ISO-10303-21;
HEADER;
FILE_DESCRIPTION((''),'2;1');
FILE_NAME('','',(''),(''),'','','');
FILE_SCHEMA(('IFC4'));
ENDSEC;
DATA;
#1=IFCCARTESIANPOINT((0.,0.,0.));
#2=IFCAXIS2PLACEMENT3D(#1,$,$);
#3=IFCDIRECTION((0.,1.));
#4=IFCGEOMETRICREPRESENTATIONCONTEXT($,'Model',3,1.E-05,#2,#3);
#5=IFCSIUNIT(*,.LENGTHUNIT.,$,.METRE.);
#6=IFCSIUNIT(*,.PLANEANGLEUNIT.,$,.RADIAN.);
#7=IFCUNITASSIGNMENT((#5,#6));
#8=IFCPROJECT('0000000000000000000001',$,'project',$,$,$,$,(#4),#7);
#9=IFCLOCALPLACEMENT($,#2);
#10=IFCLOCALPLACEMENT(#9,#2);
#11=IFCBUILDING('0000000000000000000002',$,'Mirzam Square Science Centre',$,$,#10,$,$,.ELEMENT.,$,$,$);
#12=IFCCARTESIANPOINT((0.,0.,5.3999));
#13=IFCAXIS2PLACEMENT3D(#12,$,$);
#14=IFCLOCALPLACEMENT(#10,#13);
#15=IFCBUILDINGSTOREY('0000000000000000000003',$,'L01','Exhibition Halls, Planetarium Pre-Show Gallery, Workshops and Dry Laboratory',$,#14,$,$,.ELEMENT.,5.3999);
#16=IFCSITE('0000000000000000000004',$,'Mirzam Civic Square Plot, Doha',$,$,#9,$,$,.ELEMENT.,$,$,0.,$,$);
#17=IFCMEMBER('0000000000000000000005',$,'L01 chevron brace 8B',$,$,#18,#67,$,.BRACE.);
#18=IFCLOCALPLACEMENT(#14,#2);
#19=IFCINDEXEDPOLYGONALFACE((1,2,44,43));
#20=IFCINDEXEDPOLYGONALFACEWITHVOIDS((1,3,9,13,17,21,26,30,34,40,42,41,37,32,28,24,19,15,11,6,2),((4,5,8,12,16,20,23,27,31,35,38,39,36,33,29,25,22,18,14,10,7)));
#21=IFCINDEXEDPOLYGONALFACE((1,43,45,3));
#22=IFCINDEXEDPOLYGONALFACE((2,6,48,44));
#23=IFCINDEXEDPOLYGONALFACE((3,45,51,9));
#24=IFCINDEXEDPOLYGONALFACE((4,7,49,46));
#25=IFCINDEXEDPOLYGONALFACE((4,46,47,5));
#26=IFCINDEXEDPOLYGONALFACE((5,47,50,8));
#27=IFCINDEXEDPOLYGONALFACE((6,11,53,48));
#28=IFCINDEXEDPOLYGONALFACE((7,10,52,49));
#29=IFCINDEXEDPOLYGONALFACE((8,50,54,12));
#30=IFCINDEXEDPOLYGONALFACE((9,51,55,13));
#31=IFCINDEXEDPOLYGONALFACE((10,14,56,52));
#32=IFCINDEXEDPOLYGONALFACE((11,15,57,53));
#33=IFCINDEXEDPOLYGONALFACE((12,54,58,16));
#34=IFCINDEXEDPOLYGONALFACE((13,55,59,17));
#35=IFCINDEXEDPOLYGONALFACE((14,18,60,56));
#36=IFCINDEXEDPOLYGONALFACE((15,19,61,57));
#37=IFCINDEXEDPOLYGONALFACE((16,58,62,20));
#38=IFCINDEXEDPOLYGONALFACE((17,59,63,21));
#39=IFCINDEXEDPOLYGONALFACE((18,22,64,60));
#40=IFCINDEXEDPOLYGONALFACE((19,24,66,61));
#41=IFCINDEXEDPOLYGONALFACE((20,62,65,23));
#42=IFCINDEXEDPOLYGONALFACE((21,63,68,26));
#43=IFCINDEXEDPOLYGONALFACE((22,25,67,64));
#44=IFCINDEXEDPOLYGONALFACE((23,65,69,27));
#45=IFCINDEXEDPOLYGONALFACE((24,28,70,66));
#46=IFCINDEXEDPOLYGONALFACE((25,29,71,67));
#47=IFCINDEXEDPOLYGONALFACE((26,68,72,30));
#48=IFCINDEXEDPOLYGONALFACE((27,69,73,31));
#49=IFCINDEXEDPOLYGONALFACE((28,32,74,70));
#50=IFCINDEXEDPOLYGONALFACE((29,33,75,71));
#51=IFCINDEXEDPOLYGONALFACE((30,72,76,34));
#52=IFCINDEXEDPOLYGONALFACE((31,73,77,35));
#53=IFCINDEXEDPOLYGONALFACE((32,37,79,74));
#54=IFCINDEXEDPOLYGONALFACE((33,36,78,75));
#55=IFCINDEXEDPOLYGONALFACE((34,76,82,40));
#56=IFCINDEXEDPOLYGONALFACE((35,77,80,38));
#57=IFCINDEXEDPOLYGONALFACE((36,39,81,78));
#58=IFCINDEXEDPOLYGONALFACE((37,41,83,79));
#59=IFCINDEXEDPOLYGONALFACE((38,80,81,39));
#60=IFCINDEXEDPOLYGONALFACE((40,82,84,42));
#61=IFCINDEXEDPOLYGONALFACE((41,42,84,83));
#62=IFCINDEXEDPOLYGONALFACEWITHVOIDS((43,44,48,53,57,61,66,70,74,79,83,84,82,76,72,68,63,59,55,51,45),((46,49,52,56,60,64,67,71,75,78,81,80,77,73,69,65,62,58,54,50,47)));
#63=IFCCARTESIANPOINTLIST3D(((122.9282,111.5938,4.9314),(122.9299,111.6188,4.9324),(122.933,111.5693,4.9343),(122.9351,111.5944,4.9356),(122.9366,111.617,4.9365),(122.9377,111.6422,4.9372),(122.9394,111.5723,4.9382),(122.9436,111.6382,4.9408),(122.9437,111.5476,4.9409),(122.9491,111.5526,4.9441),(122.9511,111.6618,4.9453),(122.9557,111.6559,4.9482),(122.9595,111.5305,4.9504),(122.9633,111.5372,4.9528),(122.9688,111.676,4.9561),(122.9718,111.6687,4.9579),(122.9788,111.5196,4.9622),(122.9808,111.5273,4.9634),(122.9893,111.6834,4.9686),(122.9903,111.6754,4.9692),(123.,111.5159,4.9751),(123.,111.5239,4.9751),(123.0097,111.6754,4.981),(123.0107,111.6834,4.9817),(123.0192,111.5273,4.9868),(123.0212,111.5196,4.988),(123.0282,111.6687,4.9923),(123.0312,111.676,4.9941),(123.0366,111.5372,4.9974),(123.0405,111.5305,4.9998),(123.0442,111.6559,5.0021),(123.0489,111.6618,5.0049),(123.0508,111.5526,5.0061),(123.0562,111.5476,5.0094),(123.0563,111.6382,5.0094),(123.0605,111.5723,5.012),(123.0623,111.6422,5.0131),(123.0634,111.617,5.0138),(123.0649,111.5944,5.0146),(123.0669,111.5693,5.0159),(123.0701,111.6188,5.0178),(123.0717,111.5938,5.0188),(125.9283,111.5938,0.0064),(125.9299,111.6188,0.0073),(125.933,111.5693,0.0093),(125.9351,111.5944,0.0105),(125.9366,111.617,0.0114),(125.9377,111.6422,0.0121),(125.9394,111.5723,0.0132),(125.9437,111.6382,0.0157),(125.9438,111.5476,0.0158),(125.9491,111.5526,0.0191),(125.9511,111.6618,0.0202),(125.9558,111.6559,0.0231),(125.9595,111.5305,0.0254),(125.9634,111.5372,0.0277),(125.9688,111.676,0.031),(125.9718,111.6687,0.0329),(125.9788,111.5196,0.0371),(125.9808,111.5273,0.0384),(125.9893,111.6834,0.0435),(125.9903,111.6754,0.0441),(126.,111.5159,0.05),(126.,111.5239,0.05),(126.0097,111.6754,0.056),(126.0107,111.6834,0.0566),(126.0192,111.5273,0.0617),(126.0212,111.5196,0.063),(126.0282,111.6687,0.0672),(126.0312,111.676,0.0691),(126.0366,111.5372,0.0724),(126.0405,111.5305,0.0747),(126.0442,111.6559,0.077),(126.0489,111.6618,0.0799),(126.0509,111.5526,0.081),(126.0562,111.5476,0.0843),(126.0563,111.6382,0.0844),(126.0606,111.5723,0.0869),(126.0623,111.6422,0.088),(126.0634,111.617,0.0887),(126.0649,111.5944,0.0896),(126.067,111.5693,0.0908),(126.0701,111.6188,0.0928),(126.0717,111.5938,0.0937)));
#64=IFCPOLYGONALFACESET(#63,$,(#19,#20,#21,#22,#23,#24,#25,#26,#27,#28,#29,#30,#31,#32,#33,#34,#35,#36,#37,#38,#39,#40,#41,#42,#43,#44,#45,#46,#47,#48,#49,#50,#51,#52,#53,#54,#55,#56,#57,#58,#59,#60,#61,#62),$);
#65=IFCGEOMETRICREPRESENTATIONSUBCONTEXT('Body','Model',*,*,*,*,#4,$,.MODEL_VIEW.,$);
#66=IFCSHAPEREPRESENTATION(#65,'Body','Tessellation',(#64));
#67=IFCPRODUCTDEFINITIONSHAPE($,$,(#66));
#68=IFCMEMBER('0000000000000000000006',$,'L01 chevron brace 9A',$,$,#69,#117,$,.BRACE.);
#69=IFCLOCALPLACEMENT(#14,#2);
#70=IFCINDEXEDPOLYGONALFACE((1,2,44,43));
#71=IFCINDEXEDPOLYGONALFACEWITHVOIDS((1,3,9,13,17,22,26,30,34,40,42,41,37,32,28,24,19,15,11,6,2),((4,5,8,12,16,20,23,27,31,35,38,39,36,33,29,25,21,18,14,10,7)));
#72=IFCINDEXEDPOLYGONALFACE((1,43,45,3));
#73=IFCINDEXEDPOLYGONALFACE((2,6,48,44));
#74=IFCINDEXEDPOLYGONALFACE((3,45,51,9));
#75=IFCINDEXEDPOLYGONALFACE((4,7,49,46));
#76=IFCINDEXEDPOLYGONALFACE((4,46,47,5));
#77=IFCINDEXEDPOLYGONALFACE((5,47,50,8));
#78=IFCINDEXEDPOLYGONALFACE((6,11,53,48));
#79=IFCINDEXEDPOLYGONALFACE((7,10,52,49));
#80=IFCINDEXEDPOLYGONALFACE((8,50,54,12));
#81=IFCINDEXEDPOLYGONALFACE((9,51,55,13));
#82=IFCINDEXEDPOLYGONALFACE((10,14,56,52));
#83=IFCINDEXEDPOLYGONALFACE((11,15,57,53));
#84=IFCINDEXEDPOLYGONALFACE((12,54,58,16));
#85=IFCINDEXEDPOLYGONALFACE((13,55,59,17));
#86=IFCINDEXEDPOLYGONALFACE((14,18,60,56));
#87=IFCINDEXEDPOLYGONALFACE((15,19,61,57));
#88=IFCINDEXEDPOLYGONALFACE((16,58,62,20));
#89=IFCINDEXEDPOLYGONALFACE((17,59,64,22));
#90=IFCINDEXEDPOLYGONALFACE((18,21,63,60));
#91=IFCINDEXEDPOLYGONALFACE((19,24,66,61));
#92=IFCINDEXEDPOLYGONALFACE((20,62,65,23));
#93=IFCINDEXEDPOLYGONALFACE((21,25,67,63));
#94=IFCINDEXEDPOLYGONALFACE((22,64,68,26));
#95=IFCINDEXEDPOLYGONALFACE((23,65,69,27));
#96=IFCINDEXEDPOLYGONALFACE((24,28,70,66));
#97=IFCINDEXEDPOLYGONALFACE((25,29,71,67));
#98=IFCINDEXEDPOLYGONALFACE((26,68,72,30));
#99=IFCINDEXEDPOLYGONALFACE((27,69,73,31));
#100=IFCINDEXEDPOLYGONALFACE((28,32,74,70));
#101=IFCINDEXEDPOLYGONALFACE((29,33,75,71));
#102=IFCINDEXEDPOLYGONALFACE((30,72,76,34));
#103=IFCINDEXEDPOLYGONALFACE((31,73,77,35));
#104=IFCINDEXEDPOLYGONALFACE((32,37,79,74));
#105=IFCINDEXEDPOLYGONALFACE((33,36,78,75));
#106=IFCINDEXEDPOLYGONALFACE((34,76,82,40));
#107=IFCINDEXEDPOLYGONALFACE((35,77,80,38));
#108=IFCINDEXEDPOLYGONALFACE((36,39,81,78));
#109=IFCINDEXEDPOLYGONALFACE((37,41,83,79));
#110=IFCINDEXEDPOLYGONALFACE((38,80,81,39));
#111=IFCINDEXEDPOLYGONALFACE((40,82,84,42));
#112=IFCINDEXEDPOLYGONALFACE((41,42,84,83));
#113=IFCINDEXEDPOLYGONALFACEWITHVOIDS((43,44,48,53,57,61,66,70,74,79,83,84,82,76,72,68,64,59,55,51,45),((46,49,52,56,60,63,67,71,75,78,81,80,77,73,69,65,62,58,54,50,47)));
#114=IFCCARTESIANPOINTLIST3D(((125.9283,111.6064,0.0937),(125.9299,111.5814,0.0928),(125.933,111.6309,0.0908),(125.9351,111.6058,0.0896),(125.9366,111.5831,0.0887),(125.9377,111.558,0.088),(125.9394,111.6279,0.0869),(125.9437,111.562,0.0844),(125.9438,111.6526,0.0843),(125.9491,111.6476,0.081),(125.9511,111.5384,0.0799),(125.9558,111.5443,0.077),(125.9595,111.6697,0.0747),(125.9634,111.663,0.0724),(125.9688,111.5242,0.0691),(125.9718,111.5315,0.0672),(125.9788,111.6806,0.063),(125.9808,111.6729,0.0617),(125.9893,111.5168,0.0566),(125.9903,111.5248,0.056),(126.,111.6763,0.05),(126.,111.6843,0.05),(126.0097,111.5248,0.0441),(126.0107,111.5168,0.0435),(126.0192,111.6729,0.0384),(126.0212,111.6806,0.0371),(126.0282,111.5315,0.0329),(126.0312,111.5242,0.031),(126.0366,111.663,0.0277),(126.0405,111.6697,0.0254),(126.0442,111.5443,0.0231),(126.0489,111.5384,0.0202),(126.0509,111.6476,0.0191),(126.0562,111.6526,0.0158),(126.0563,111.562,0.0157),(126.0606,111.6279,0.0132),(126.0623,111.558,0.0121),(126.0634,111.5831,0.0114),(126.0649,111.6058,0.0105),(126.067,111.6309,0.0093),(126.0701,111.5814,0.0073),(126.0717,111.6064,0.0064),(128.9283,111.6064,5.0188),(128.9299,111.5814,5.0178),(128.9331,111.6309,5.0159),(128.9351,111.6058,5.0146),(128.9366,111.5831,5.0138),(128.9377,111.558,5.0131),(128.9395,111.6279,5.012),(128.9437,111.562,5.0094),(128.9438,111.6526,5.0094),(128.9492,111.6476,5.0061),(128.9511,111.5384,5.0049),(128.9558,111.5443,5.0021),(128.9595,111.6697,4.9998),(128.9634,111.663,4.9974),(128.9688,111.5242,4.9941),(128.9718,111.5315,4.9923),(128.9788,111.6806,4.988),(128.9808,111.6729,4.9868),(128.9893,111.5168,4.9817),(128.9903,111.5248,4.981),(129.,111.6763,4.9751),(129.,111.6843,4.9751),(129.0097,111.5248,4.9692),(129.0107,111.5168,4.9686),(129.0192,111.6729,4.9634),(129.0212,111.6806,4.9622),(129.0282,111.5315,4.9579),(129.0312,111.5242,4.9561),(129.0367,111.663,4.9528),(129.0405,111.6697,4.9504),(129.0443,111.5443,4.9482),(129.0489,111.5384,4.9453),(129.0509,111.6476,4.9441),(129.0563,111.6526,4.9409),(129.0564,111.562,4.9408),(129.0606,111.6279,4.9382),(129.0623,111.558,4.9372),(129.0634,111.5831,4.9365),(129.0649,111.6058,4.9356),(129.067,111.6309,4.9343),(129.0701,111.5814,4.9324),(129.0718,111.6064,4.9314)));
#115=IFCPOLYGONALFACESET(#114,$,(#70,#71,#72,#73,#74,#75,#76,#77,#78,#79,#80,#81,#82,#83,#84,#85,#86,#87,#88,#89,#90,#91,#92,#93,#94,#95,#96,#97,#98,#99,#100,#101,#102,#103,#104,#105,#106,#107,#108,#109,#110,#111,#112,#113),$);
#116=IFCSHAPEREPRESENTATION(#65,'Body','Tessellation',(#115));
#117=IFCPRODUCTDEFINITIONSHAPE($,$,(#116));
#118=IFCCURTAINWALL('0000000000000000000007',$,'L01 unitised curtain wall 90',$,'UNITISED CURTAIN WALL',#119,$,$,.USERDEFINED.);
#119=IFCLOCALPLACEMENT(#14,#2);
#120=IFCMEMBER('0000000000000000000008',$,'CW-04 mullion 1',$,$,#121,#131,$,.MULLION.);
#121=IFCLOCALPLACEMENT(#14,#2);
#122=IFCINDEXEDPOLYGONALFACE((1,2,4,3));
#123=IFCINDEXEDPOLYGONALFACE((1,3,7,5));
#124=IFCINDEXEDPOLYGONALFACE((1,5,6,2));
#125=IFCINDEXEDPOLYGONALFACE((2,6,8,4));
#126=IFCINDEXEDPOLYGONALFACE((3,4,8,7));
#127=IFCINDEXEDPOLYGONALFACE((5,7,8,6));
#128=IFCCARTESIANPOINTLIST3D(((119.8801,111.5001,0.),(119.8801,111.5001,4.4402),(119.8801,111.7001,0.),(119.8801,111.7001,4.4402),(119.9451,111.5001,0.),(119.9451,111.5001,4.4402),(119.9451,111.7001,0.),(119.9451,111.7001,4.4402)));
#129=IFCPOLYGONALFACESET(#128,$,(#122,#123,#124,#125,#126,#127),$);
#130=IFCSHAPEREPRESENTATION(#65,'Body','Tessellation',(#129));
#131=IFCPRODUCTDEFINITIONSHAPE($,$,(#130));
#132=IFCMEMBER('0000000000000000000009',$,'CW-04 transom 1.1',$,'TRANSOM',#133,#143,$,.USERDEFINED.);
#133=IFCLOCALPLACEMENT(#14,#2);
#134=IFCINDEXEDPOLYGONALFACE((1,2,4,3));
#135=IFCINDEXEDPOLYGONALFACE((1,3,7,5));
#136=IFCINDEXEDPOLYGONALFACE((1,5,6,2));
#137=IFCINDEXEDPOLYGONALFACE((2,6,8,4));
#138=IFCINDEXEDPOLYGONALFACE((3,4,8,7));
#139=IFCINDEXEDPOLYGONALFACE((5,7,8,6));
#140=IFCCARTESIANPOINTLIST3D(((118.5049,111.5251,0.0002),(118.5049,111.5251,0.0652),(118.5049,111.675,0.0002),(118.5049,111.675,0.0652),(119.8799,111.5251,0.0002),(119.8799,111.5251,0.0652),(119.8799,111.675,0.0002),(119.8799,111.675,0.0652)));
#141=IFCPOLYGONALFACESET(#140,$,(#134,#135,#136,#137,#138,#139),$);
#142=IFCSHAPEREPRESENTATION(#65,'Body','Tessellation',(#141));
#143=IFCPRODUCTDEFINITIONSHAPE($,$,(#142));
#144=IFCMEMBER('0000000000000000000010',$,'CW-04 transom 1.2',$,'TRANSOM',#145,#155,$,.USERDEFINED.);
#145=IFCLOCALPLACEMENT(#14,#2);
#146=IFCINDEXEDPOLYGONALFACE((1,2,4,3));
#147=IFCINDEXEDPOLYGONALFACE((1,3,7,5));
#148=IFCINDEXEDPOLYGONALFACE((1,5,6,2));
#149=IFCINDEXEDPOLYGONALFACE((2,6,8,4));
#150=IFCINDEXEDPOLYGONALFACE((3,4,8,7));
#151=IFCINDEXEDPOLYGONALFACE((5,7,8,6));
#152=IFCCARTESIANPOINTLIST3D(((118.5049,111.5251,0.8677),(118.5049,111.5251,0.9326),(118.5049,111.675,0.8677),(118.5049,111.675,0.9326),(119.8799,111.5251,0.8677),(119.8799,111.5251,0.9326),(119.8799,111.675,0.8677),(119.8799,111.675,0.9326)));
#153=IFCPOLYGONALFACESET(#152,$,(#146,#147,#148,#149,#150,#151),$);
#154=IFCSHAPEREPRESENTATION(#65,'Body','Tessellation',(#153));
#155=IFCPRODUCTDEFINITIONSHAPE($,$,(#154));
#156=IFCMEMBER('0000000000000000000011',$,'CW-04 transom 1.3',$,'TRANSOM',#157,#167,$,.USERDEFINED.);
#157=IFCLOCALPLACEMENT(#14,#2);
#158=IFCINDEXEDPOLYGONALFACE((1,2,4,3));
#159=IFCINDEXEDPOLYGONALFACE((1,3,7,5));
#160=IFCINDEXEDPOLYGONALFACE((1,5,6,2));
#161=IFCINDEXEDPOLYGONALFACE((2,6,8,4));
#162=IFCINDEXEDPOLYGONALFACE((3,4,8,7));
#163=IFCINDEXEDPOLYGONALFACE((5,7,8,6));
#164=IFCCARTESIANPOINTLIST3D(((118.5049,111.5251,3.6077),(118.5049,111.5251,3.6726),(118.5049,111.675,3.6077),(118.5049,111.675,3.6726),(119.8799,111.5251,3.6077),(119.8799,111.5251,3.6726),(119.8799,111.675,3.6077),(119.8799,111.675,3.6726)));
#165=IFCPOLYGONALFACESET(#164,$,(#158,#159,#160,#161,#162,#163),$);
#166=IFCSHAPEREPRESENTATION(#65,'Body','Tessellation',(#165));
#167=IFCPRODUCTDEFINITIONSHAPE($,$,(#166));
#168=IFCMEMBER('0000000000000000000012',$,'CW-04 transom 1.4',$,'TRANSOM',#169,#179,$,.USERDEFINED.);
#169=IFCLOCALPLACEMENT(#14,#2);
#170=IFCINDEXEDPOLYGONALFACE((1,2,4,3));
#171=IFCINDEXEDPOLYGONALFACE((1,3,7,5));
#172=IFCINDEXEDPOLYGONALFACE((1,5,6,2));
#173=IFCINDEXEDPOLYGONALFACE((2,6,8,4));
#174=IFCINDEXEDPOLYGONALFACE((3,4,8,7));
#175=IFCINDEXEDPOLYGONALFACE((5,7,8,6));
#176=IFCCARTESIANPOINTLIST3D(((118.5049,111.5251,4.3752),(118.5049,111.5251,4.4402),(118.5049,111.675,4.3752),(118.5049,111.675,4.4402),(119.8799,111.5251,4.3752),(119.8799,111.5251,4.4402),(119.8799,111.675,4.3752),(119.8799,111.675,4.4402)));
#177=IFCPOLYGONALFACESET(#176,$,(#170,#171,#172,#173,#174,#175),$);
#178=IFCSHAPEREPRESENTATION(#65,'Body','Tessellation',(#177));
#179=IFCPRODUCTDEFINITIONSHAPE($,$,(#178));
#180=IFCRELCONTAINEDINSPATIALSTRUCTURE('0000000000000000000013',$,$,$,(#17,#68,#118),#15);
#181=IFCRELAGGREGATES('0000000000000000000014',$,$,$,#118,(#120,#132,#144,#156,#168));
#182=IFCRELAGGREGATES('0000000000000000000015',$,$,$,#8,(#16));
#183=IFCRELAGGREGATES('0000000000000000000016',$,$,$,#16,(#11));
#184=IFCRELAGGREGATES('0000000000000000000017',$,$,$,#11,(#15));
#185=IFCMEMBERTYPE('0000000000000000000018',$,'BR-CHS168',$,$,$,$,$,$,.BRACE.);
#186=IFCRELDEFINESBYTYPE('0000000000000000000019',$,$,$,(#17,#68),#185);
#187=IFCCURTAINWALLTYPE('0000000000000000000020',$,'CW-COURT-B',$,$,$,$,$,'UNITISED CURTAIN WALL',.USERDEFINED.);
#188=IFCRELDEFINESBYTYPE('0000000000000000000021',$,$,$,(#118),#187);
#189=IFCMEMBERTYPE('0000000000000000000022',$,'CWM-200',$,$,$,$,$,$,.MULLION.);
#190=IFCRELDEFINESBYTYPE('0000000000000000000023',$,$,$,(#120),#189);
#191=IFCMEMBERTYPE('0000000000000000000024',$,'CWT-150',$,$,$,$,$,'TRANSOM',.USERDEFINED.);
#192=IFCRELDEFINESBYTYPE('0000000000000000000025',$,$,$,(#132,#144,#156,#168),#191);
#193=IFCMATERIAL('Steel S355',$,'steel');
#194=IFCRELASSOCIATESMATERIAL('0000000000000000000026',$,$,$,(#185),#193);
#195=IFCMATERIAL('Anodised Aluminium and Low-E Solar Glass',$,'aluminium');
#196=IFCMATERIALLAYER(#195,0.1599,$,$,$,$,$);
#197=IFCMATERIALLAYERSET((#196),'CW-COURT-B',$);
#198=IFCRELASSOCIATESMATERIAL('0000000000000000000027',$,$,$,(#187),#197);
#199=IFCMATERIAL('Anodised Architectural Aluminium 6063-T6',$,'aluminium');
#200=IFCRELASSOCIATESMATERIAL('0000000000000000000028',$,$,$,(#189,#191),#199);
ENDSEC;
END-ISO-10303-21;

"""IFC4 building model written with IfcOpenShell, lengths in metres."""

from ifc_helpers import new_model, si_unit, direction, frame, origin, origin_2d, place, context, subcontext, project, spatial, rectangle, hollow_circle, extrude, material, layer, layer_set, material_profile, profile_set, type_object, element, aggregate, save


model = new_model("IFC4")

# Units and contexts
model_context = context("Model", 3, precision=1e-05, world=origin(), true_north=direction((0.0, 1.0)))
body_context = subcontext(model_context, "Body", "Model", "MODEL_VIEW")
ifc_project = project(units=[si_unit("LENGTHUNIT", "METRE"), si_unit("PLANEANGLEUNIT", "RADIAN")], contexts=[model_context])

# Site, building, storey
site_placement = place(None, origin())
site = spatial("IfcSite", under=ifc_project, at=site_placement, Name="Mirzam Civic Square Plot, Doha", CompositionType="ELEMENT", RefElevation=0.0)
building_placement = place(site_placement, origin())
building = spatial("IfcBuilding", under=site, at=building_placement, Name="Mirzam Square Science Centre", CompositionType="ELEMENT")
storey_placement = place(building_placement, frame((0.0, 0.0, 5.3999)))
storey = spatial("IfcBuildingStorey", under=building, at=storey_placement, Name="L01", Description="Exhibition Halls, Planetarium Pre-Show Gallery, Workshops and Dry Laboratory", CompositionType="ELEMENT", Elevation=5.3999)

# Shared definitions
ifc_material_1 = material(Name="Steel S355", Category="steel")

# Members
ifc_material_profile_1 = material_profile(ifc_material_1, hollow_circle(Radius=0.0842, WallThickness=0.0081, at=origin_2d()), Name="168.3x8.0CHS")
ifc_profile_set_1 = profile_set([ifc_material_profile_1], Name="Steel S355")
member_type_1 = type_object("IfcMemberType", Name="BR-CHS168", PredefinedType="BRACE", material=ifc_profile_set_1)
for number, where, z_axis, x_axis, name in (
    (1, (126.0, 111.6001, 0.05), (-0.520218, 0.0, 0.854033), (0.0, -1.0, 0.0), "L01 chevron brace 8B"),
    (2, (126.0, 111.6001, 0.05), (0.520218, 0.0, 0.854033), (0.0, 1.0, 0.0), "L01 chevron brace 9A"),
):
    element("IfcMember", number, at=place(storey_placement, frame(where, z_axis=z_axis, x_axis=x_axis)), inside=storey, type_object=member_type_1, Name=name, PredefinedType="BRACE", context=body_context, shape_type="SweptSolid", body=[
        extrude(hollow_circle(Radius=0.0842, WallThickness=0.0081, at=origin_2d()), origin(), (0.0, 0.0, 1.0), 5.7668),
    ])

# Curtain wall, members
ifc_material_2 = material(Name="Anodised Aluminium and Low-E Solar Glass", Category="aluminium")
ifc_layer_1 = layer(ifc_material_2, 0.1599)
ifc_layer_set_1 = layer_set([ifc_layer_1], Name="CW-COURT-B")
curtain_wall_type = type_object("IfcCurtainWallType", Name="CW-COURT-B", ElementType="UNITISED CURTAIN WALL", PredefinedType="USERDEFINED", material=ifc_layer_set_1)
curtain_wall_placement = place(storey_placement, origin())
curtain_wall = element("IfcCurtainWall", 3, at=curtain_wall_placement, inside=storey, type_object=curtain_wall_type, Name="L01 unitised curtain wall 90", ObjectType="UNITISED CURTAIN WALL", PredefinedType="USERDEFINED")
ifc_material_3 = material(Name="Anodised Architectural Aluminium 6063-T6", Category="aluminium")
ifc_material_profile_2 = material_profile(ifc_material_3, rectangle(XDim=0.0649, YDim=0.2, at=origin_2d()), Name="ALU-MULL-200x65x5")
ifc_profile_set_2 = profile_set([ifc_material_profile_2], Name="Anodised Architectural Aluminium 6063-T6")
member_type_2 = type_object("IfcMemberType", Name="CWM-200", PredefinedType="MULLION", material=ifc_profile_set_2)
member_1_placement = place(storey_placement, frame((119.9126, 111.6001, 0.0), z_axis=(0.0, 0.0, 1.0), x_axis=(-1.0, 0.0, 0.0)))
member_1 = element("IfcMember", 4, at=member_1_placement, type_object=member_type_2, Name="CW-04 mullion 1", PredefinedType="MULLION", context=body_context, shape_type="SweptSolid", body=[
    extrude(rectangle(XDim=0.0649, YDim=0.2, at=origin_2d()), origin(), (0.0, 0.0, 1.0), 4.4402),
])
ifc_material_profile_3 = material_profile(ifc_material_3, rectangle(XDim=0.1499, YDim=0.0649, at=origin_2d()), Name="ALU-TRAN-150x65x4")
ifc_profile_set_3 = profile_set([ifc_material_profile_3], Name="Anodised Architectural Aluminium 6063-T6")
member_type_3 = type_object("IfcMemberType", Name="CWT-150", ElementType="TRANSOM", PredefinedType="USERDEFINED", material=ifc_profile_set_3)
member_2_placement = place(storey_placement, frame((119.8799, 111.6001, 0.0327), z_axis=(-1.0, 0.0, 0.0), x_axis=(0.0, -1.0, 0.0)))
member_2 = element("IfcMember", 5, at=member_2_placement, type_object=member_type_3, Name="CW-04 transom 1.1", ObjectType="TRANSOM", PredefinedType="USERDEFINED", context=body_context, shape_type="SweptSolid", body=[
    extrude(rectangle(XDim=0.1499, YDim=0.0649, at=origin_2d()), origin(), (0.0, 0.0, 1.0), 1.375),
])
member_3_placement = place(storey_placement, frame((119.8799, 111.6001, 0.9001), z_axis=(-1.0, 0.0, 0.0), x_axis=(0.0, -1.0, 0.0)))
member_3 = element("IfcMember", 6, at=member_3_placement, type_object=member_type_3, Name="CW-04 transom 1.2", ObjectType="TRANSOM", PredefinedType="USERDEFINED", context=body_context, shape_type="SweptSolid", body=[
    extrude(rectangle(XDim=0.1499, YDim=0.0649, at=origin_2d()), origin(), (0.0, 0.0, 1.0), 1.375),
])
member_4_placement = place(storey_placement, frame((119.8799, 111.6001, 3.6401), z_axis=(-1.0, 0.0, 0.0), x_axis=(0.0, -1.0, 0.0)))
member_4 = element("IfcMember", 7, at=member_4_placement, type_object=member_type_3, Name="CW-04 transom 1.3", ObjectType="TRANSOM", PredefinedType="USERDEFINED", context=body_context, shape_type="SweptSolid", body=[
    extrude(rectangle(XDim=0.1499, YDim=0.0649, at=origin_2d()), origin(), (0.0, 0.0, 1.0), 1.375),
])
member_5_placement = place(storey_placement, frame((119.8799, 111.6001, 4.4077), z_axis=(-1.0, 0.0, 0.0), x_axis=(0.0, -1.0, 0.0)))
member_5 = element("IfcMember", 8, at=member_5_placement, type_object=member_type_3, Name="CW-04 transom 1.4", ObjectType="TRANSOM", PredefinedType="USERDEFINED", context=body_context, shape_type="SweptSolid", body=[
    extrude(rectangle(XDim=0.1499, YDim=0.0649, at=origin_2d()), origin(), (0.0, 0.0, 1.0), 1.375),
])

aggregate(curtain_wall, [member_1, member_2, member_3, member_4, member_5])

save(model, "model.ifc")
